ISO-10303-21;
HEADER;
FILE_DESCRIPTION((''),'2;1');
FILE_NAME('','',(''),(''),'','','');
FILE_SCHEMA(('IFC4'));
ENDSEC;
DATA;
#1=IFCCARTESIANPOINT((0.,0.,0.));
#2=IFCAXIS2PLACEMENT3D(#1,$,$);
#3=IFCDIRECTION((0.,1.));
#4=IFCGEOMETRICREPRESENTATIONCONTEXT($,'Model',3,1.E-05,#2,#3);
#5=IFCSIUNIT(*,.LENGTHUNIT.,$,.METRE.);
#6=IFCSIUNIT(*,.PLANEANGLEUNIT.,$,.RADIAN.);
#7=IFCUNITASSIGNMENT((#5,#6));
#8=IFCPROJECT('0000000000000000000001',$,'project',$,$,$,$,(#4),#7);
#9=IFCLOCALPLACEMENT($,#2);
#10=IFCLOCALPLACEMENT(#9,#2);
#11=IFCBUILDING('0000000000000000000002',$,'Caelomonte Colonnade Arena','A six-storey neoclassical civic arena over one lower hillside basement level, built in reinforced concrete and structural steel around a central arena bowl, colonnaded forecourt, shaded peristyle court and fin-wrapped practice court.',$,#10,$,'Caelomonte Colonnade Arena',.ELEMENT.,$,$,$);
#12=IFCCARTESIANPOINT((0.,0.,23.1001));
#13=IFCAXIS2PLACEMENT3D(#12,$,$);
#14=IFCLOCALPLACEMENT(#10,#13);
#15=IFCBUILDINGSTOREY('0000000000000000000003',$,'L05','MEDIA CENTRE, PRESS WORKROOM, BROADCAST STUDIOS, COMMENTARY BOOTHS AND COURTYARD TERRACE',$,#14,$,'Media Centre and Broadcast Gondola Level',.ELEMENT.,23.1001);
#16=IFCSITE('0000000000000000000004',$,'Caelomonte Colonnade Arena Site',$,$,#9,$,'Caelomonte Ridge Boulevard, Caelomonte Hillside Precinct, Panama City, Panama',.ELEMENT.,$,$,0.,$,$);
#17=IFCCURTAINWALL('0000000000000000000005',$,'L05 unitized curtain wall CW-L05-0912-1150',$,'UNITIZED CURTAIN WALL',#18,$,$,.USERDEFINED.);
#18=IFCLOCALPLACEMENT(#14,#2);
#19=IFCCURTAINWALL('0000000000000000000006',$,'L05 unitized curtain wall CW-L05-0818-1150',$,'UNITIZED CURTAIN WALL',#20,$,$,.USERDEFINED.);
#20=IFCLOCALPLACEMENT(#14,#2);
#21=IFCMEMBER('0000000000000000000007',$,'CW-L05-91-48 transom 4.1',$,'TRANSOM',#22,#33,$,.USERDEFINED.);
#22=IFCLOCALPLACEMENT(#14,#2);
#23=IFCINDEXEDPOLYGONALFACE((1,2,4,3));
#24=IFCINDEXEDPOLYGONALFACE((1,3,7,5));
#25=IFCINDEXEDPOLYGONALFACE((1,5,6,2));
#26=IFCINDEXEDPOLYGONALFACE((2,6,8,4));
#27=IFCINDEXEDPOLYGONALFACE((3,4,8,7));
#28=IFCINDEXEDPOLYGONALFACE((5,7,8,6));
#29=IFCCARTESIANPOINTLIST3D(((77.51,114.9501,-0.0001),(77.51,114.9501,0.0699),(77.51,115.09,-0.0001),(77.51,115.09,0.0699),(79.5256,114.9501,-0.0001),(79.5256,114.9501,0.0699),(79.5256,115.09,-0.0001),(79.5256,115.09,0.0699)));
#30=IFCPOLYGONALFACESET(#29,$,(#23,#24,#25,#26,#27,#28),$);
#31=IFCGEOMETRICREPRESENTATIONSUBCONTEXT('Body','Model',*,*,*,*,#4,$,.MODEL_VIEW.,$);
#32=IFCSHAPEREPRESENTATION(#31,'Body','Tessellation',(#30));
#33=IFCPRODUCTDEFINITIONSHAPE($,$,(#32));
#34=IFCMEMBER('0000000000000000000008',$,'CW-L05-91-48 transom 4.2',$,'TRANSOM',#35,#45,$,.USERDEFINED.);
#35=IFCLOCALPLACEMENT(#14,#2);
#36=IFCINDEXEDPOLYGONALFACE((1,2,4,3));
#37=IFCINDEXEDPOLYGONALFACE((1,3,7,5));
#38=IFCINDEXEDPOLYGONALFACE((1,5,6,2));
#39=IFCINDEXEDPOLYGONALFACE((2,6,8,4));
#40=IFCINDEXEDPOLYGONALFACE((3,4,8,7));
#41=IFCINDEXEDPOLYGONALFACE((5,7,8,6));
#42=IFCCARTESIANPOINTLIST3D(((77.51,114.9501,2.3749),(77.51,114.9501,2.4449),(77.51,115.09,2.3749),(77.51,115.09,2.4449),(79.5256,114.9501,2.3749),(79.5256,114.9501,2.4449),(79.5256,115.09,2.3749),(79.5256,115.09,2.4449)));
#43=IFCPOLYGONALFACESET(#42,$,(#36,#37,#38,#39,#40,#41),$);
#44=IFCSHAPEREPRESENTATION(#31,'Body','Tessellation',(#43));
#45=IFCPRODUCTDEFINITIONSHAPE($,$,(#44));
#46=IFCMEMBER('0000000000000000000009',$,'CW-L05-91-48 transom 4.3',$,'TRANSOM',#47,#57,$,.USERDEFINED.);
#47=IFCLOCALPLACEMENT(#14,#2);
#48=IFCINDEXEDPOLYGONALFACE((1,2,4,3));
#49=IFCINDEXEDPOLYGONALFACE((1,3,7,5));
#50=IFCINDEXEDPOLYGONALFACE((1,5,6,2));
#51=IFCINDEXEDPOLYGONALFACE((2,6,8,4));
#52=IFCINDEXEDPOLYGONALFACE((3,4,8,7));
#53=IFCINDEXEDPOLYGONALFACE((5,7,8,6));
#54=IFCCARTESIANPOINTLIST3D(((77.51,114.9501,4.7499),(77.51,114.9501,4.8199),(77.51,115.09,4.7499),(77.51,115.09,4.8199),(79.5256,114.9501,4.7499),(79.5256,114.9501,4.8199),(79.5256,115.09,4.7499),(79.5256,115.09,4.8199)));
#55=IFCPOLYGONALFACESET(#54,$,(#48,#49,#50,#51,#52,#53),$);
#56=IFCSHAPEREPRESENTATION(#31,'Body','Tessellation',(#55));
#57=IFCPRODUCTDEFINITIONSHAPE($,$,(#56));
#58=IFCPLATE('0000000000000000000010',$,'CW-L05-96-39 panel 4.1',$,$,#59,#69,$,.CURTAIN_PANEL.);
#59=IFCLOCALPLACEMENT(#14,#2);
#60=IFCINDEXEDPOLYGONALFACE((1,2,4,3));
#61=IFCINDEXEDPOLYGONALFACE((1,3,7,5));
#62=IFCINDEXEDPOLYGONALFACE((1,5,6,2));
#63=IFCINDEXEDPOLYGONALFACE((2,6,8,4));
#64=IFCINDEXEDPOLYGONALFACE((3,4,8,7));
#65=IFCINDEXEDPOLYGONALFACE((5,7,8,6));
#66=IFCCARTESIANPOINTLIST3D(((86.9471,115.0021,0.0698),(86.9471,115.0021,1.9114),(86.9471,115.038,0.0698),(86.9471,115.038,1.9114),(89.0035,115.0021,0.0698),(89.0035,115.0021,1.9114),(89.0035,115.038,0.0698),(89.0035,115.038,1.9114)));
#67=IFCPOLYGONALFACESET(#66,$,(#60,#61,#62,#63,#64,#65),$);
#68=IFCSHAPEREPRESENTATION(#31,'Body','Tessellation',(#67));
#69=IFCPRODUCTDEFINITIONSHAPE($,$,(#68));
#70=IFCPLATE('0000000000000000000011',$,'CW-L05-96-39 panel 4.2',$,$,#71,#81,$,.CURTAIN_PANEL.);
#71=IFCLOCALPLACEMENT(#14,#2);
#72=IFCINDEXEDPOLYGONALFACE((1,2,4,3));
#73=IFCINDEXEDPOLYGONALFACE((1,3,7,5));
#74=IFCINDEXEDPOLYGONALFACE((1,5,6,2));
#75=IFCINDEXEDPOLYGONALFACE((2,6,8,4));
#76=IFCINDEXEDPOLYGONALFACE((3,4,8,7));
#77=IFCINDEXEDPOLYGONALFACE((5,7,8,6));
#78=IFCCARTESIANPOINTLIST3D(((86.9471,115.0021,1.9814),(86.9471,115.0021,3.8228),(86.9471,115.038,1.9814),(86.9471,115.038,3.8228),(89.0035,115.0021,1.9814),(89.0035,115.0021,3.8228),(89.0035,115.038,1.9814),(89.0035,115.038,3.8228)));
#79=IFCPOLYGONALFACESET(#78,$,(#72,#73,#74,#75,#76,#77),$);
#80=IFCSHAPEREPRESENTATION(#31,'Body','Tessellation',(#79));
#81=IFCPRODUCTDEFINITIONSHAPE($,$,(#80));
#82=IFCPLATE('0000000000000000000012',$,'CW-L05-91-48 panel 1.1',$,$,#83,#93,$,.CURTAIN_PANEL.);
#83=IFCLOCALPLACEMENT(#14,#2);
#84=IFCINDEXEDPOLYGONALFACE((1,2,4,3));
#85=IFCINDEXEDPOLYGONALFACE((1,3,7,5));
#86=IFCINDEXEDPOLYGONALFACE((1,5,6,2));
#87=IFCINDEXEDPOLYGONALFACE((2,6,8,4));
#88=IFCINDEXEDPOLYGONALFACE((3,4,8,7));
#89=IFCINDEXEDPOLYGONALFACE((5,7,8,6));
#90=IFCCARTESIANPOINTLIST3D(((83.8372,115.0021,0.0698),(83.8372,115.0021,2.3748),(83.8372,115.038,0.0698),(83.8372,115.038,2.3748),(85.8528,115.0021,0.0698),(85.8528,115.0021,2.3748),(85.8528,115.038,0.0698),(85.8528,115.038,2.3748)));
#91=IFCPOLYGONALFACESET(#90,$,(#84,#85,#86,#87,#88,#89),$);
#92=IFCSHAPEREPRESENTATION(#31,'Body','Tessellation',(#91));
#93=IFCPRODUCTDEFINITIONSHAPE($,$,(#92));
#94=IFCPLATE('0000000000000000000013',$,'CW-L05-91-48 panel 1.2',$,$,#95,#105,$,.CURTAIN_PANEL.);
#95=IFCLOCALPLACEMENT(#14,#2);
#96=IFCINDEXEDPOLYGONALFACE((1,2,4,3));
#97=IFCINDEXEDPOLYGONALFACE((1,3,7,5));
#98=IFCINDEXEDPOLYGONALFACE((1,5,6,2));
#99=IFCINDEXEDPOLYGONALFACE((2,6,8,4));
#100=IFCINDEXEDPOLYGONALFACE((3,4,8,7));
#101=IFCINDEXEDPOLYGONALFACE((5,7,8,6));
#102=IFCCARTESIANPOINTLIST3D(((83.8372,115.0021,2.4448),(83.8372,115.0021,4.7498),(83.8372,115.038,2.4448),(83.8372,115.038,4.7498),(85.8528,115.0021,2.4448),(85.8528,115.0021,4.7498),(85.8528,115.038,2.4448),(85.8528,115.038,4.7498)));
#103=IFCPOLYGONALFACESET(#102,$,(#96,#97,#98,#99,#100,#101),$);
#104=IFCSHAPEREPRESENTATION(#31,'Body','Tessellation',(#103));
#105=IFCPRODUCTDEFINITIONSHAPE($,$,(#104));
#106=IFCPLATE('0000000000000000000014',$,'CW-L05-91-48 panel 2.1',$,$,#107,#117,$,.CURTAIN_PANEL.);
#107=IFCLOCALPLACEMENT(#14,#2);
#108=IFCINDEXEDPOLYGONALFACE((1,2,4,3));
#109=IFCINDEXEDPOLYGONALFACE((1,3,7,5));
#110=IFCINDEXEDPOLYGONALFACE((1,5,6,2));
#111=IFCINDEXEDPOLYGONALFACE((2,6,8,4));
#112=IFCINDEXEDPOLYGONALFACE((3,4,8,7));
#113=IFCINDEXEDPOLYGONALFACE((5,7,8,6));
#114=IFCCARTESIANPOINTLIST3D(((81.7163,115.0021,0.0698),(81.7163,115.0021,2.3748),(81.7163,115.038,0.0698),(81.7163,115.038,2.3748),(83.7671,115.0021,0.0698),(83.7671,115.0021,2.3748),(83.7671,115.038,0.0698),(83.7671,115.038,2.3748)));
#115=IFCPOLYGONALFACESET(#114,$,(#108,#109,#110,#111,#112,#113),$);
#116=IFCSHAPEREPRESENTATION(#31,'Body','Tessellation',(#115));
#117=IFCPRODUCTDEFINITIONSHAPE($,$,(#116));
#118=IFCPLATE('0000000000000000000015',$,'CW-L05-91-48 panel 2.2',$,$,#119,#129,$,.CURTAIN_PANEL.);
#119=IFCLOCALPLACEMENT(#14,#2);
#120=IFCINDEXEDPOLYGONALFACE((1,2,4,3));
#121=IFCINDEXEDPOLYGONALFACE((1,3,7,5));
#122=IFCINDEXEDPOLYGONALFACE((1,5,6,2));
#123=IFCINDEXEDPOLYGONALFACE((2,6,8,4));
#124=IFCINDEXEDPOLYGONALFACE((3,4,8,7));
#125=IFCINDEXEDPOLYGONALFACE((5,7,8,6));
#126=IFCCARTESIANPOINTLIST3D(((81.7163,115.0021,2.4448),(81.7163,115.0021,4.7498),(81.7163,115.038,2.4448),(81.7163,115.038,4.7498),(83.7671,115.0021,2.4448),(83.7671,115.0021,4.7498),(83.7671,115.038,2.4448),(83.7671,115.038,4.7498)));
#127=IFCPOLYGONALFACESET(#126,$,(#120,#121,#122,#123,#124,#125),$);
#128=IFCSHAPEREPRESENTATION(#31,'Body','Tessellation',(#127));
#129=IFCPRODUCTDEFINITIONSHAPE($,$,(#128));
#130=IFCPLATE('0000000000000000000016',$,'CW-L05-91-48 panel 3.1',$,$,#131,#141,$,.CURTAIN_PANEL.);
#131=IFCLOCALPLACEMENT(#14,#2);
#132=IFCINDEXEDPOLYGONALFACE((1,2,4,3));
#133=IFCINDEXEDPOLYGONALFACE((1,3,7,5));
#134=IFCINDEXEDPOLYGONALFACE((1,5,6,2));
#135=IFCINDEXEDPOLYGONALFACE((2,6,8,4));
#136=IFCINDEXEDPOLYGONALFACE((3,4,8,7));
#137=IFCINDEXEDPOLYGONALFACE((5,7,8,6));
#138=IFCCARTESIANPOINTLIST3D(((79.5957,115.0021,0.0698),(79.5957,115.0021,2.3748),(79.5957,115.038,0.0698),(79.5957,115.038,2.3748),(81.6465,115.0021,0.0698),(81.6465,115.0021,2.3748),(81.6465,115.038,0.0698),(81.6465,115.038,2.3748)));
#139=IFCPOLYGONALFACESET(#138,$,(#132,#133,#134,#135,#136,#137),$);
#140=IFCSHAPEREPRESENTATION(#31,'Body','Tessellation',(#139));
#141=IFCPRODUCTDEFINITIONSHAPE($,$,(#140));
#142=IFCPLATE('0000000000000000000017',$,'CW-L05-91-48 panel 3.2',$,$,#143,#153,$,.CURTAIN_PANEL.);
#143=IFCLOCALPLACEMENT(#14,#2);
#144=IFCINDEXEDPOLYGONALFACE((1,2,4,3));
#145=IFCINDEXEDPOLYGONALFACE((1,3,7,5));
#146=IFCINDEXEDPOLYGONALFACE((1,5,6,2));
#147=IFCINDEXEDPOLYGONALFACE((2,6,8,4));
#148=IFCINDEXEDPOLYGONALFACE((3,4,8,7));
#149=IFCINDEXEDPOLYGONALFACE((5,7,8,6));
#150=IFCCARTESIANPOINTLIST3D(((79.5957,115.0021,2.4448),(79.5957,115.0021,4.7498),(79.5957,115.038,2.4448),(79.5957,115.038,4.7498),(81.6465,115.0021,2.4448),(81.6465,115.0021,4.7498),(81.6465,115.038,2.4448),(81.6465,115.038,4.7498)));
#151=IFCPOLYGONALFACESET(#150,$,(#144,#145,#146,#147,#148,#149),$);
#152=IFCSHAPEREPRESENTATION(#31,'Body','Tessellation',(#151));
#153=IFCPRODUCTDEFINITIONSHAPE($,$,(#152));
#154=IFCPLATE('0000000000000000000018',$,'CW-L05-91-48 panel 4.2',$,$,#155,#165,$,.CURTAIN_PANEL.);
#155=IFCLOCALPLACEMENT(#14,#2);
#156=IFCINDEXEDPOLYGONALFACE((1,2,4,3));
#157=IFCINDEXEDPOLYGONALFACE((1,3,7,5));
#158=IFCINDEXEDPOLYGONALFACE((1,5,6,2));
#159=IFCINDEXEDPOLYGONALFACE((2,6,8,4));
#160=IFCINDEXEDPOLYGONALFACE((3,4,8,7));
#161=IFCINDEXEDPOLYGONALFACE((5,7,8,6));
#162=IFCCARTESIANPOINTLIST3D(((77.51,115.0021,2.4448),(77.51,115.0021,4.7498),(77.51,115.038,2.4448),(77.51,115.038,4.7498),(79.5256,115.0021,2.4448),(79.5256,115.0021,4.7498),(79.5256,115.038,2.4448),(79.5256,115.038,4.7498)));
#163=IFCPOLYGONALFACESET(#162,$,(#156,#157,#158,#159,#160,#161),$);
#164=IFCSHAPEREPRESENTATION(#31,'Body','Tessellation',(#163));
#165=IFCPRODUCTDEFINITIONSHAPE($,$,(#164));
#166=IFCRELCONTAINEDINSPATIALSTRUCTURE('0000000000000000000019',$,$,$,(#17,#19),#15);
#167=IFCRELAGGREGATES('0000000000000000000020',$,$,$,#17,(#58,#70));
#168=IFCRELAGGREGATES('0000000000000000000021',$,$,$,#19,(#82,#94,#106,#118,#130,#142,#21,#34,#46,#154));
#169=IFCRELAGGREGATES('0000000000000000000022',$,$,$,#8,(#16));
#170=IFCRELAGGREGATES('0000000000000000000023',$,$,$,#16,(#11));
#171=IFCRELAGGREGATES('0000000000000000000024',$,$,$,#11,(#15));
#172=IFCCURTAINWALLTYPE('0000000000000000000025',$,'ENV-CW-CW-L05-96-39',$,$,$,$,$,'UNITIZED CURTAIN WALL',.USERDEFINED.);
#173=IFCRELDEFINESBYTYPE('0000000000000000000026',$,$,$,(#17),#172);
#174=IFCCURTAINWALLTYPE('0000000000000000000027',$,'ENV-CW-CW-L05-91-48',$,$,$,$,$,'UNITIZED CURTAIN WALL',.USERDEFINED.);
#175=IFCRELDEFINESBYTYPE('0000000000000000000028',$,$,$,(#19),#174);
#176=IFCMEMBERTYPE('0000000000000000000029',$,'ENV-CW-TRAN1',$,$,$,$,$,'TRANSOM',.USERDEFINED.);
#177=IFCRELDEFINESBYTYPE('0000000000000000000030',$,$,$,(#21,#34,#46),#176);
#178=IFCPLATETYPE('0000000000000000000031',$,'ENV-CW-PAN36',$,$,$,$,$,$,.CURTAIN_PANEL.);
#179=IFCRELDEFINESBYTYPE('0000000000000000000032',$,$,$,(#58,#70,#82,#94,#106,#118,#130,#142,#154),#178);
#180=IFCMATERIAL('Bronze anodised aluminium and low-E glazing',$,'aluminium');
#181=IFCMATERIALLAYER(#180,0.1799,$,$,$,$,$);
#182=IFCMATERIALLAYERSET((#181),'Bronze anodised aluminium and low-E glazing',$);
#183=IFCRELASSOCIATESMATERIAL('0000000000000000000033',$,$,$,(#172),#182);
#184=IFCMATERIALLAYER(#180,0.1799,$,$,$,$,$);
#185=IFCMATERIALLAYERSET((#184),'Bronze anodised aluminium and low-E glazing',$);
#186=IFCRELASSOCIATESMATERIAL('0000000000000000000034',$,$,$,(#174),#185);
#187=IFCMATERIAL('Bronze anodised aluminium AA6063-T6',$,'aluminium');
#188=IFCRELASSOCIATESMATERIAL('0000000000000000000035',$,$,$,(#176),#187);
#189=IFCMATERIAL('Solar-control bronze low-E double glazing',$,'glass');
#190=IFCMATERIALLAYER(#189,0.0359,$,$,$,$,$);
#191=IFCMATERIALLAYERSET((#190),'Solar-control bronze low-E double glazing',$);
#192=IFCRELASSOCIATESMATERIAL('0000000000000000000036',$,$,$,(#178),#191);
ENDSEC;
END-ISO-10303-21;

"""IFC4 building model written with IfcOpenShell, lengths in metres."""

from ifc_helpers import new_model, si_unit, direction, frame, origin, origin_2d, place, context, subcontext, project, spatial, rectangle, extrude, material, layer, layer_set, material_profile, profile_set, type_object, element, aggregate, save


model = new_model("IFC4")

# Units and contexts
model_context = context("Model", 3, precision=1e-05, world=origin(), true_north=direction((0.0, 1.0)))
body_context = subcontext(model_context, "Body", "Model", "MODEL_VIEW")
ifc_project = project(units=[si_unit("LENGTHUNIT", "METRE"), si_unit("PLANEANGLEUNIT", "RADIAN")], contexts=[model_context])

# Site, building, storey
site_placement = place(None, origin())
site = spatial("IfcSite", under=ifc_project, at=site_placement, Name="Caelomonte Colonnade Arena Site", LongName="Caelomonte Ridge Boulevard, Caelomonte Hillside Precinct, Panama City, Panama", CompositionType="ELEMENT", RefElevation=0.0)
building_placement = place(site_placement, origin())
building = spatial("IfcBuilding", under=site, at=building_placement, Name="Caelomonte Colonnade Arena", Description="A six-storey neoclassical civic arena over one lower hillside basement level, built in reinforced concrete and structural steel around a central arena bowl, colonnaded forecourt, shaded peristyle court and fin-wrapped practice court.", LongName="Caelomonte Colonnade Arena", CompositionType="ELEMENT")
storey_placement = place(building_placement, frame((0.0, 0.0, 23.1001)))
storey = spatial("IfcBuildingStorey", under=building, at=storey_placement, Name="L05", Description="MEDIA CENTRE, PRESS WORKROOM, BROADCAST STUDIOS, COMMENTARY BOOTHS AND COURTYARD TERRACE", LongName="Media Centre and Broadcast Gondola Level", CompositionType="ELEMENT", Elevation=23.1001)

# Curtain wall
ifc_material_1 = material(Name="Bronze anodised aluminium and low-E glazing", Category="aluminium")
ifc_layer_1 = layer(ifc_material_1, 0.1799)
ifc_layer_set_1 = layer_set([ifc_layer_1], Name="Bronze anodised aluminium and low-E glazing")
curtain_wall_type_1 = type_object("IfcCurtainWallType", Name="ENV-CW-CW-L05-96-39", ElementType="UNITIZED CURTAIN WALL", PredefinedType="USERDEFINED", material=ifc_layer_set_1)
curtain_wall_1_placement = place(storey_placement, origin())
curtain_wall_1 = element("IfcCurtainWall", 1, at=curtain_wall_1_placement, inside=storey, type_object=curtain_wall_type_1, Name="L05 unitized curtain wall CW-L05-0912-1150", ObjectType="UNITIZED CURTAIN WALL", PredefinedType="USERDEFINED")
ifc_material_2 = material(Name="Bronze anodised aluminium AA6063-T6", Category="aluminium")

# Curtain wall
ifc_layer_2 = layer(ifc_material_1, 0.1799)
ifc_layer_set_2 = layer_set([ifc_layer_2], Name="Bronze anodised aluminium and low-E glazing")
curtain_wall_type_2 = type_object("IfcCurtainWallType", Name="ENV-CW-CW-L05-91-48", ElementType="UNITIZED CURTAIN WALL", PredefinedType="USERDEFINED", material=ifc_layer_set_2)
curtain_wall_2_placement = place(storey_placement, origin())
curtain_wall_2 = element("IfcCurtainWall", 2, at=curtain_wall_2_placement, inside=storey, type_object=curtain_wall_type_2, Name="L05 unitized curtain wall CW-L05-0818-1150", ObjectType="UNITIZED CURTAIN WALL", PredefinedType="USERDEFINED")

# Members
ifc_material_profile_1 = material_profile(ifc_material_2, rectangle(XDim=0.0701, YDim=0.1399, at=origin_2d()), Name="CWT-70X140")
ifc_profile_set_1 = profile_set([ifc_material_profile_1], Name="Bronze anodised aluminium AA6063-T6")
member_type_1 = type_object("IfcMemberType", Name="ENV-CW-TRAN1", ElementType="TRANSOM", PredefinedType="USERDEFINED", material=ifc_profile_set_1)
member_1_placement = place(storey_placement, frame((79.5256, 115.02, 0.0349), z_axis=(-1.0, 0.0, 0.0), x_axis=(0.0, 0.0, 1.0)))
member_1 = element("IfcMember", 3, at=member_1_placement, type_object=member_type_1, Name="CW-L05-91-48 transom 4.1", ObjectType="TRANSOM", PredefinedType="USERDEFINED", context=body_context, shape_type="SweptSolid", body=[
    extrude(rectangle(XDim=0.0701, YDim=0.1399, at=origin_2d()), origin(), (0.0, 0.0, 1.0), 2.0156),
])
member_2_placement = place(storey_placement, frame((79.5256, 115.02, 2.4099), z_axis=(-1.0, 0.0, 0.0), x_axis=(0.0, 0.0, 1.0)))
member_2 = element("IfcMember", 4, at=member_2_placement, type_object=member_type_1, Name="CW-L05-91-48 transom 4.2", ObjectType="TRANSOM", PredefinedType="USERDEFINED", context=body_context, shape_type="SweptSolid", body=[
    extrude(rectangle(XDim=0.0701, YDim=0.1399, at=origin_2d()), origin(), (0.0, 0.0, 1.0), 2.0156),
])
member_3_placement = place(storey_placement, frame((79.5256, 115.02, 4.7849), z_axis=(-1.0, 0.0, 0.0), x_axis=(0.0, 0.0, 1.0)))
member_3 = element("IfcMember", 5, at=member_3_placement, type_object=member_type_1, Name="CW-L05-91-48 transom 4.3", ObjectType="TRANSOM", PredefinedType="USERDEFINED", context=body_context, shape_type="SweptSolid", body=[
    extrude(rectangle(XDim=0.0701, YDim=0.1399, at=origin_2d()), origin(), (0.0, 0.0, 1.0), 2.0156),
])

# Plates
ifc_material_3 = material(Name="Solar-control bronze low-E double glazing", Category="glass")
ifc_layer_3 = layer(ifc_material_3, 0.0359)
ifc_layer_set_3 = layer_set([ifc_layer_3], Name="Solar-control bronze low-E double glazing")
plate_type = type_object("IfcPlateType", Name="ENV-CW-PAN36", PredefinedType="CURTAIN_PANEL", material=ifc_layer_set_3)
plate_1_placement = place(storey_placement, frame((87.9753, 115.02, 0.0698), z_axis=(0.0, 0.0, 1.0), x_axis=(-1.0, 0.0, 0.0)))
plate_1 = element("IfcPlate", 6, at=plate_1_placement, type_object=plate_type, Name="CW-L05-96-39 panel 4.1", PredefinedType="CURTAIN_PANEL", context=body_context, shape_type="SweptSolid", body=[
    extrude(rectangle(XDim=2.0564, YDim=0.0359, at=origin_2d()), origin(), (0.0, 0.0, 1.0), 1.8416),
])
plate_2_placement = place(storey_placement, frame((87.9753, 115.02, 1.9814), z_axis=(0.0, 0.0, 1.0), x_axis=(-1.0, 0.0, 0.0)))
plate_2 = element("IfcPlate", 7, at=plate_2_placement, type_object=plate_type, Name="CW-L05-96-39 panel 4.2", PredefinedType="CURTAIN_PANEL", context=body_context, shape_type="SweptSolid", body=[
    extrude(rectangle(XDim=2.0564, YDim=0.0359, at=origin_2d()), origin(), (0.0, 0.0, 1.0), 1.8413),
])
aggregate(curtain_wall_1, [plate_1, plate_2])
plate_3_placement = place(storey_placement, frame((84.845, 115.02, 0.0698), z_axis=(0.0, 0.0, 1.0), x_axis=(-1.0, 0.0, 0.0)))
plate_3 = element("IfcPlate", 8, at=plate_3_placement, type_object=plate_type, Name="CW-L05-91-48 panel 1.1", PredefinedType="CURTAIN_PANEL", context=body_context, shape_type="SweptSolid", body=[
    extrude(rectangle(XDim=2.0156, YDim=0.0359, at=origin_2d()), origin(), (0.0, 0.0, 1.0), 2.3049),
])
plate_4_placement = place(storey_placement, frame((84.845, 115.02, 2.4448), z_axis=(0.0, 0.0, 1.0), x_axis=(-1.0, 0.0, 0.0)))
plate_4 = element("IfcPlate", 9, at=plate_4_placement, type_object=plate_type, Name="CW-L05-91-48 panel 1.2", PredefinedType="CURTAIN_PANEL", context=body_context, shape_type="SweptSolid", body=[
    extrude(rectangle(XDim=2.0156, YDim=0.0359, at=origin_2d()), origin(), (0.0, 0.0, 1.0), 2.3049),
])
plate_5_placement = place(storey_placement, frame((82.7417, 115.02, 0.0698), z_axis=(0.0, 0.0, 1.0), x_axis=(-1.0, 0.0, 0.0)))
plate_5 = element("IfcPlate", 10, at=plate_5_placement, type_object=plate_type, Name="CW-L05-91-48 panel 2.1", PredefinedType="CURTAIN_PANEL", context=body_context, shape_type="SweptSolid", body=[
    extrude(rectangle(XDim=2.0508, YDim=0.0359, at=origin_2d()), origin(), (0.0, 0.0, 1.0), 2.3049),
])
plate_6_placement = place(storey_placement, frame((82.7417, 115.02, 2.4448), z_axis=(0.0, 0.0, 1.0), x_axis=(-1.0, 0.0, 0.0)))
plate_6 = element("IfcPlate", 11, at=plate_6_placement, type_object=plate_type, Name="CW-L05-91-48 panel 2.2", PredefinedType="CURTAIN_PANEL", context=body_context, shape_type="SweptSolid", body=[
    extrude(rectangle(XDim=2.0508, YDim=0.0359, at=origin_2d()), origin(), (0.0, 0.0, 1.0), 2.3049),
])
plate_7_placement = place(storey_placement, frame((80.6211, 115.02, 0.0698), z_axis=(0.0, 0.0, 1.0), x_axis=(-1.0, 0.0, 0.0)))
plate_7 = element("IfcPlate", 12, at=plate_7_placement, type_object=plate_type, Name="CW-L05-91-48 panel 3.1", PredefinedType="CURTAIN_PANEL", context=body_context, shape_type="SweptSolid", body=[
    extrude(rectangle(XDim=2.0508, YDim=0.0359, at=origin_2d()), origin(), (0.0, 0.0, 1.0), 2.3049),
])
plate_8_placement = place(storey_placement, frame((80.6211, 115.02, 2.4448), z_axis=(0.0, 0.0, 1.0), x_axis=(-1.0, 0.0, 0.0)))
plate_8 = element("IfcPlate", 13, at=plate_8_placement, type_object=plate_type, Name="CW-L05-91-48 panel 3.2", PredefinedType="CURTAIN_PANEL", context=body_context, shape_type="SweptSolid", body=[
    extrude(rectangle(XDim=2.0508, YDim=0.0359, at=origin_2d()), origin(), (0.0, 0.0, 1.0), 2.3049),
])
plate_9_placement = place(storey_placement, frame((78.5178, 115.02, 2.4448), z_axis=(0.0, 0.0, 1.0), x_axis=(-1.0, 0.0, 0.0)))
plate_9 = element("IfcPlate", 14, at=plate_9_placement, type_object=plate_type, Name="CW-L05-91-48 panel 4.2", PredefinedType="CURTAIN_PANEL", context=body_context, shape_type="SweptSolid", body=[
    extrude(rectangle(XDim=2.0156, YDim=0.0359, at=origin_2d()), origin(), (0.0, 0.0, 1.0), 2.3049),
])
aggregate(curtain_wall_2, [plate_3, plate_4, plate_5, plate_6, plate_7, plate_8, member_1, member_2, member_3, plate_9])

save(model, "model.ifc")
